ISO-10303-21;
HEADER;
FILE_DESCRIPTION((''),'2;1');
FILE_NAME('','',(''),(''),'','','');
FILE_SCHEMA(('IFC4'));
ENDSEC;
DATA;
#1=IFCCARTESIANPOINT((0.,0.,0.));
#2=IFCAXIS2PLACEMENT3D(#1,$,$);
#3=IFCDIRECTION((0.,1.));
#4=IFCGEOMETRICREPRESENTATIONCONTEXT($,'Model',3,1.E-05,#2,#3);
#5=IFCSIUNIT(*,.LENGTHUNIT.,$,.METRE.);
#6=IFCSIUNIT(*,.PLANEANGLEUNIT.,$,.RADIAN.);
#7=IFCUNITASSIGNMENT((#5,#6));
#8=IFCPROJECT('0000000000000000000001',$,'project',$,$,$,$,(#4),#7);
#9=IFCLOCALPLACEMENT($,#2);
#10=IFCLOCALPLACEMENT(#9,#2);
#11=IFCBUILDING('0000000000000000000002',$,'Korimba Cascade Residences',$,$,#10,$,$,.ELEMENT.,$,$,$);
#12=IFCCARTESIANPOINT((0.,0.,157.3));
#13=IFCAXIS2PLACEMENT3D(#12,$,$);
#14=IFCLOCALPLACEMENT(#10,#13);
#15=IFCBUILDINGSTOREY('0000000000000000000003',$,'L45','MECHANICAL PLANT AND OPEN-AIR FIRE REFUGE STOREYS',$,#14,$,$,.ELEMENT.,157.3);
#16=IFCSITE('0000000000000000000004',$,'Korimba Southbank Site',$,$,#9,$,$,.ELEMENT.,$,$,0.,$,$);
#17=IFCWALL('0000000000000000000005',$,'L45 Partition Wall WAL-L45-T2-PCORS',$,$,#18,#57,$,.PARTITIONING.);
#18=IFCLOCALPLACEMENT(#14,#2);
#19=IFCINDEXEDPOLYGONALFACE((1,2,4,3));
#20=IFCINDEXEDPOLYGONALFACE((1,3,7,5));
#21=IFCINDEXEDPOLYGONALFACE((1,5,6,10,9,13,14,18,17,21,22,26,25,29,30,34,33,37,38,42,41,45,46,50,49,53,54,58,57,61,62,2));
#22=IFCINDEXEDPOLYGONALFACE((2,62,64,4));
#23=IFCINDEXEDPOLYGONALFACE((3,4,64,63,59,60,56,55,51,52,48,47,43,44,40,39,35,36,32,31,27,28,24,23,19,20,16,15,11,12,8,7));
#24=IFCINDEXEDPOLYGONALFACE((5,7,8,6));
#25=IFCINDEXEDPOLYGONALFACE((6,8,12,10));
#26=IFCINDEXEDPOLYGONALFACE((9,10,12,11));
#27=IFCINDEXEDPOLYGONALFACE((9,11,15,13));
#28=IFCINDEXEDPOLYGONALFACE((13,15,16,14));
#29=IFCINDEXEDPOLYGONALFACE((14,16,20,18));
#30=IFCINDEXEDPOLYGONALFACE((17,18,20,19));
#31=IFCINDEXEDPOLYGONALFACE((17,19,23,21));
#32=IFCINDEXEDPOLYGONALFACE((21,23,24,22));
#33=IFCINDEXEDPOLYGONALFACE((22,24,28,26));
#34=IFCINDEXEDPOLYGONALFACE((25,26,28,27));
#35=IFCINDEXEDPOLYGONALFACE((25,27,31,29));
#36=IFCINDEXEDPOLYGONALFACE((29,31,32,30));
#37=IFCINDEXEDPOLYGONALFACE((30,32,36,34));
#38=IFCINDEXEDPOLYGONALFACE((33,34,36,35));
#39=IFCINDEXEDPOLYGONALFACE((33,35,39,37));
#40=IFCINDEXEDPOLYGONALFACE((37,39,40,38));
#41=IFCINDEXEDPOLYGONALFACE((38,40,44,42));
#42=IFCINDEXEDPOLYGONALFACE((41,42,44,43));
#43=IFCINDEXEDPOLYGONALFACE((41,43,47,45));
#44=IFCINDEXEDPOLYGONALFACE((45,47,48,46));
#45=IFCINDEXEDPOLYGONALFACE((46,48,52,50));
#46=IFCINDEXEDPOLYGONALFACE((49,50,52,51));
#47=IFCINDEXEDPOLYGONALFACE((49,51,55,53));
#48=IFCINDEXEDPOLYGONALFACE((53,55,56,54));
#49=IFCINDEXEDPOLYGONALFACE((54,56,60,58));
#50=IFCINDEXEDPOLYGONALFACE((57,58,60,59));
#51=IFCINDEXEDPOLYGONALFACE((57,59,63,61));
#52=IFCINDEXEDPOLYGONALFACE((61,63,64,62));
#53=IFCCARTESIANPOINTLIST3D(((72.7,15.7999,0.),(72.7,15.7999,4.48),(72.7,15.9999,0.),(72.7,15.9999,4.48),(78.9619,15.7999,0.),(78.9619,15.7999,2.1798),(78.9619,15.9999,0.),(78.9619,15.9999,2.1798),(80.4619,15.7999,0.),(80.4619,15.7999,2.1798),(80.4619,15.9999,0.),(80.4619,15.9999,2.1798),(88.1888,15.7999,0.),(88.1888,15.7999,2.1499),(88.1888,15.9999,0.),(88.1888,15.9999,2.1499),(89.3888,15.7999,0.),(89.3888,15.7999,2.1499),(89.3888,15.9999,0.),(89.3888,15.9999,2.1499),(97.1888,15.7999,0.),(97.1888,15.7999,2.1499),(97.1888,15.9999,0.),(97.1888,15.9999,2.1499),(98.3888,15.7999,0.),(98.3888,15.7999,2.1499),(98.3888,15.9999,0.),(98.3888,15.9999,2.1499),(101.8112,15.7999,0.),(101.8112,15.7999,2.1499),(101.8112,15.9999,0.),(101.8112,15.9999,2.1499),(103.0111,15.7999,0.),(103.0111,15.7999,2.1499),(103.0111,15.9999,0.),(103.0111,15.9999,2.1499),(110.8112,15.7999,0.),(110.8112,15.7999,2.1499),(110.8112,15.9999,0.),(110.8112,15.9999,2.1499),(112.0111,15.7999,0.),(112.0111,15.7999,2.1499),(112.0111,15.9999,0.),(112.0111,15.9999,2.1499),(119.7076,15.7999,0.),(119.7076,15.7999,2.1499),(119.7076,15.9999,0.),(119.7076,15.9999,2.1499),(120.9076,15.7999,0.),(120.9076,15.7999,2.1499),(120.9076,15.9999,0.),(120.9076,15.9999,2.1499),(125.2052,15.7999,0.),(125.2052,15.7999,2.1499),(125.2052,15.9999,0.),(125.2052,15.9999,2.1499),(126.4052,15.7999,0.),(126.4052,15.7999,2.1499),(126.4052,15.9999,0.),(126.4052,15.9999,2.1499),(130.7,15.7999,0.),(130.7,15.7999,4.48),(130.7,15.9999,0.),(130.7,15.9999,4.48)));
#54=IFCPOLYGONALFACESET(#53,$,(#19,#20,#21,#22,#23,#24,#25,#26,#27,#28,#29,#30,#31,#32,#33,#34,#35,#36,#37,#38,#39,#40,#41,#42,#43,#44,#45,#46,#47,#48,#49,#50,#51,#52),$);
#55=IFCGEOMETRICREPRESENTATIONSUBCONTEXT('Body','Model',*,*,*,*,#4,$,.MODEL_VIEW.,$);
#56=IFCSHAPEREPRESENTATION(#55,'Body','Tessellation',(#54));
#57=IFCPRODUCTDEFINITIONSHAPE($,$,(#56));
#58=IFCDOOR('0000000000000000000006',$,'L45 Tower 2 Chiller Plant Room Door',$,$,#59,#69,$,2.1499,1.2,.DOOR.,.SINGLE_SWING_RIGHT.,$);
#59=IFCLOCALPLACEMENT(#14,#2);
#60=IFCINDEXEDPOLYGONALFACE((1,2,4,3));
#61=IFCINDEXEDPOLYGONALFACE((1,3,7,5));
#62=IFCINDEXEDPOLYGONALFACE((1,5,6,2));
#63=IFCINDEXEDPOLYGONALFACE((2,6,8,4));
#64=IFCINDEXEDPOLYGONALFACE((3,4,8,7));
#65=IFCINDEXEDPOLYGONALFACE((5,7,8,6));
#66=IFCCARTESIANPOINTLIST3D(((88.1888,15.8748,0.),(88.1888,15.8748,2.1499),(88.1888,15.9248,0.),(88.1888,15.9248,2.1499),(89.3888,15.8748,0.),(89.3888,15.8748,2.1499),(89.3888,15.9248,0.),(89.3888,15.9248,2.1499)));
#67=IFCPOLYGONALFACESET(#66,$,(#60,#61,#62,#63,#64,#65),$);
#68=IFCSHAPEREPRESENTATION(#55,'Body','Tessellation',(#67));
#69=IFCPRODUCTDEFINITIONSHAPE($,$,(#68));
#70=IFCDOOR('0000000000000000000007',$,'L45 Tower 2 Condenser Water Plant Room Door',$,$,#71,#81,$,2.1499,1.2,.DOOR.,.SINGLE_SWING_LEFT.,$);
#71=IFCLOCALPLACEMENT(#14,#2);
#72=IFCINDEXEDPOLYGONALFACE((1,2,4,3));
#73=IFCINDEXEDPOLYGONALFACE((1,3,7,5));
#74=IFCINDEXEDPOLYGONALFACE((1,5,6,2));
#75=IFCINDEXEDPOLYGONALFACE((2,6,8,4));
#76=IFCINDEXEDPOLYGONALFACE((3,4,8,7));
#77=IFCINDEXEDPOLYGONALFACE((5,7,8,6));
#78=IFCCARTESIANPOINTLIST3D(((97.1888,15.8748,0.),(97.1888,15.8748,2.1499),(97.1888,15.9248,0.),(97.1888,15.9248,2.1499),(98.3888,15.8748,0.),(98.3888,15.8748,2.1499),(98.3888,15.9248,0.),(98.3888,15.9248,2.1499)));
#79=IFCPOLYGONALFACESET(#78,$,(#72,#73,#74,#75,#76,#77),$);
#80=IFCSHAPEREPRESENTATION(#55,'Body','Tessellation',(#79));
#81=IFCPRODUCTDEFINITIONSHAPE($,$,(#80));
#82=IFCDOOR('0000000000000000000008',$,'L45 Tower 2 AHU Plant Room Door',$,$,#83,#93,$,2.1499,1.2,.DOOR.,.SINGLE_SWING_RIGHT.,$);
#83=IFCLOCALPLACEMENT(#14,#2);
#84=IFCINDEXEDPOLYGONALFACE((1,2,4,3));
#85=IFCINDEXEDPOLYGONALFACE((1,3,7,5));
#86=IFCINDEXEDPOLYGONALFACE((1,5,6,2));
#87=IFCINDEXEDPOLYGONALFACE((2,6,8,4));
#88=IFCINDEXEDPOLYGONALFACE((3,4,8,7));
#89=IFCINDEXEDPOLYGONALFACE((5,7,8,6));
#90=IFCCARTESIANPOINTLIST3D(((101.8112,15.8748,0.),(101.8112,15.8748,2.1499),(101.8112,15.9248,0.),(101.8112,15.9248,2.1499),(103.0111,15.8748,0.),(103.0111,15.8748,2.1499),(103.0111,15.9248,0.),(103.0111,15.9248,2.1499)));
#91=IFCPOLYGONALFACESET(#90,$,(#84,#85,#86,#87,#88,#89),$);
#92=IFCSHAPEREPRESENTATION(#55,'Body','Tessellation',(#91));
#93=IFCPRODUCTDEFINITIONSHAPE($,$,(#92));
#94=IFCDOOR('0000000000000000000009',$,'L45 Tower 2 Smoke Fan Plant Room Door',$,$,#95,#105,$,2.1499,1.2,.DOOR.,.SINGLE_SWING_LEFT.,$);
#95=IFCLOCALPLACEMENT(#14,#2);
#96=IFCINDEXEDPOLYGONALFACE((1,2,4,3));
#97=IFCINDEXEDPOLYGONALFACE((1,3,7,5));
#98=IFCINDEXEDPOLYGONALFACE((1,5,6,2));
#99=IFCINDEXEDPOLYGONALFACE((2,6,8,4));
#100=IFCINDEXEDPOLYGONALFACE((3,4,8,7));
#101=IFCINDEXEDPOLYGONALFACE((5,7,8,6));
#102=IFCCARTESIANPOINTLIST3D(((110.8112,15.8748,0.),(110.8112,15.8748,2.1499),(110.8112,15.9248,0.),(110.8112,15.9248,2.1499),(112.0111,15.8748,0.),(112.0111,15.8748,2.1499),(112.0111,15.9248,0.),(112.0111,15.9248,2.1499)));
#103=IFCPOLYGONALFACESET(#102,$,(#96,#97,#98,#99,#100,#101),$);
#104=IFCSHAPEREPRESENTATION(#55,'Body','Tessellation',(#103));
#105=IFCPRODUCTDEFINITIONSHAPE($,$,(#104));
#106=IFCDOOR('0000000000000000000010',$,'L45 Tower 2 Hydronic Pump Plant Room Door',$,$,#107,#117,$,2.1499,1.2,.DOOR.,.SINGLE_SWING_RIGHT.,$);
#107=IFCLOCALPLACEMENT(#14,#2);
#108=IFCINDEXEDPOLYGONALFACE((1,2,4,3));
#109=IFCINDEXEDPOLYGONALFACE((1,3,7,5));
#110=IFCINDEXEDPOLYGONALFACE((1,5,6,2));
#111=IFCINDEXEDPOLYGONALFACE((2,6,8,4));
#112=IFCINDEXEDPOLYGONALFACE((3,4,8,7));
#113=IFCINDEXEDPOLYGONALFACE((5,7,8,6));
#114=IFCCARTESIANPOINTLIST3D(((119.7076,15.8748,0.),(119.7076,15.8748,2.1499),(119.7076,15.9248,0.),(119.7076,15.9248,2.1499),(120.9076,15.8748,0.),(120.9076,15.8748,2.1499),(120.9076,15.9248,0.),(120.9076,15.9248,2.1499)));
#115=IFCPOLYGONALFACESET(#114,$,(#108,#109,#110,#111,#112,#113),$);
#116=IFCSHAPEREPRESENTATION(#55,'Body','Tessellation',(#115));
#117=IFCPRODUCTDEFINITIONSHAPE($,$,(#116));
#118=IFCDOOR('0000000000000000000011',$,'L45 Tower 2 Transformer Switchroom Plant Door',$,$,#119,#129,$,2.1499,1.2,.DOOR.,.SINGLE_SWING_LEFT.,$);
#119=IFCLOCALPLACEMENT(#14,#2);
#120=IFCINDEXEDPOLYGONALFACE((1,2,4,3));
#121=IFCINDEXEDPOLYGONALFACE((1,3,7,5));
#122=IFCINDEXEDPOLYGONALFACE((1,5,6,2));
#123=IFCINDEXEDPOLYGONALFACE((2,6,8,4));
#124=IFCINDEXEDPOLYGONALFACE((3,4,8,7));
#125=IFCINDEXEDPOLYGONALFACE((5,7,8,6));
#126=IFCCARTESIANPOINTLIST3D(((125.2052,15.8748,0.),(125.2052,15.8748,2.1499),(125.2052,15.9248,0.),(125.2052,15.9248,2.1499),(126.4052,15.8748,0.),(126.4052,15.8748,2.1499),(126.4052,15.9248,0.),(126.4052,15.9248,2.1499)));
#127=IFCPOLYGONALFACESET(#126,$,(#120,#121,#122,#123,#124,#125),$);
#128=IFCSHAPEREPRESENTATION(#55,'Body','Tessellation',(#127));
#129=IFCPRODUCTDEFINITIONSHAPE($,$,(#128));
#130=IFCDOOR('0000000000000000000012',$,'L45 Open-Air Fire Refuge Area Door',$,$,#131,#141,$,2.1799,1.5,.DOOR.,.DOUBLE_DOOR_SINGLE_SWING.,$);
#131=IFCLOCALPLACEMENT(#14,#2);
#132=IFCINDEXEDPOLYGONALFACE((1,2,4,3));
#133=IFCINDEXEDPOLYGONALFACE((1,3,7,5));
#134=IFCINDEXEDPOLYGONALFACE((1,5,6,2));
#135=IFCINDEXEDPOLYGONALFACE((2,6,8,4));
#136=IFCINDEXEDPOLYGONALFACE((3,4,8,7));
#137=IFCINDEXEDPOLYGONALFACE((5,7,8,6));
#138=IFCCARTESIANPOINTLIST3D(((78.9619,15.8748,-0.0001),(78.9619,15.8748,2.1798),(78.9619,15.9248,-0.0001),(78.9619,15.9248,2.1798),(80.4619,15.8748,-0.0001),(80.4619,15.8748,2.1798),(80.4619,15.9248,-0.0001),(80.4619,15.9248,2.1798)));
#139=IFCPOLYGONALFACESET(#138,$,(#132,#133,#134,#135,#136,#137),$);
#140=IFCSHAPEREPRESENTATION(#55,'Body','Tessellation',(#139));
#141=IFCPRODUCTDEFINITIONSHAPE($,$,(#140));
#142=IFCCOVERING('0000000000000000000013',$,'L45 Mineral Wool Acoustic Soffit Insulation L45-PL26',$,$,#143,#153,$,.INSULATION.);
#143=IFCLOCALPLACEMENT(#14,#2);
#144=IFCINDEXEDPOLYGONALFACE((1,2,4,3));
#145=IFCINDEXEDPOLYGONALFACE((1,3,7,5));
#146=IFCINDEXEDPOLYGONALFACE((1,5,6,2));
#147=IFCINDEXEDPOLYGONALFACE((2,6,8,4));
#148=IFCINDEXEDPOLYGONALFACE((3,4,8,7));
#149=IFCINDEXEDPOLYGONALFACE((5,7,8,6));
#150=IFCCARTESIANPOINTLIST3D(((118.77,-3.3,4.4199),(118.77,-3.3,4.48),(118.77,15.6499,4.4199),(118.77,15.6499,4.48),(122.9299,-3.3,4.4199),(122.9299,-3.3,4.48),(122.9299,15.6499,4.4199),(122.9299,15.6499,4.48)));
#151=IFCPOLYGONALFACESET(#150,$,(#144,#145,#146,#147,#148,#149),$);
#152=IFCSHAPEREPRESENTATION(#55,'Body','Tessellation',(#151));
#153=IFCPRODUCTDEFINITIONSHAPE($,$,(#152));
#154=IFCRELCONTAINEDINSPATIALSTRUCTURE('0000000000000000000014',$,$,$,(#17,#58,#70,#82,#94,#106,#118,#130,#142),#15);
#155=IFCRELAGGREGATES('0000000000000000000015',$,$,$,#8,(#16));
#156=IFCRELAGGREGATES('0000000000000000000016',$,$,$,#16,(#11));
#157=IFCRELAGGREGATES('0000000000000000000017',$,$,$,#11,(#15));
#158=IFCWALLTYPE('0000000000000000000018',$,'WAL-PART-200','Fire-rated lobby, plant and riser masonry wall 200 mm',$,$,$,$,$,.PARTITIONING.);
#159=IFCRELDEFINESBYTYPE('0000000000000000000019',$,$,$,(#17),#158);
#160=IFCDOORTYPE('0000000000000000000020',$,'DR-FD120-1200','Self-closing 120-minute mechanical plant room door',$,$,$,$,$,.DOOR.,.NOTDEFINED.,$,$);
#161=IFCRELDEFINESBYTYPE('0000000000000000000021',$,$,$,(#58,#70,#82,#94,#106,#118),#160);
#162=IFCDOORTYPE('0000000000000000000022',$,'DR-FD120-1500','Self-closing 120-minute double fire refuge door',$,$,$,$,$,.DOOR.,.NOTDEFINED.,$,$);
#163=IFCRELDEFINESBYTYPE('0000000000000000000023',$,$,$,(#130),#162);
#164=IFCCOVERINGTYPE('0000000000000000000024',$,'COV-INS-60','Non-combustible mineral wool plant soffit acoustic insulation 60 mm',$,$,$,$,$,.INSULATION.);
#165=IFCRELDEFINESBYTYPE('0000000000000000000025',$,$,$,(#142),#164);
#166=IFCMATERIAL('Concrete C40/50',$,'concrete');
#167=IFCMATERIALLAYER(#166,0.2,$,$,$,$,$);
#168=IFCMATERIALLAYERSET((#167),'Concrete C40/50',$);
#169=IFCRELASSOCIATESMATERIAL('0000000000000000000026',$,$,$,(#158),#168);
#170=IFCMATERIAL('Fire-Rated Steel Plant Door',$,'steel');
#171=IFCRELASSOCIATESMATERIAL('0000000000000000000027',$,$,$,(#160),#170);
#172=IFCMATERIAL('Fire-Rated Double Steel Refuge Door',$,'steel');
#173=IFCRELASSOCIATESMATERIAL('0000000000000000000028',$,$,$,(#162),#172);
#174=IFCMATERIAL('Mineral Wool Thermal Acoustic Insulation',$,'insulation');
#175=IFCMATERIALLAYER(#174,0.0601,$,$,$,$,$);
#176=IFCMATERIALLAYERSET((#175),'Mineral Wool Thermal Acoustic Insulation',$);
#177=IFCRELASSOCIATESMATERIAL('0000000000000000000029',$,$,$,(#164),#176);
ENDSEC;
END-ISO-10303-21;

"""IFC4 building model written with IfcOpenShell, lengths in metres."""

from ifc_helpers import new_model, si_unit, direction, frame, frame_2d, origin, place, context, subcontext, project, spatial, polyline, rectangle, outline, extrude, material, layer, layer_set, type_object, element, fill, save


model = new_model("IFC4")

# Units and contexts
model_context = context("Model", 3, precision=1e-05, world=origin(), true_north=direction((0.0, 1.0)))
body_context = subcontext(model_context, "Body", "Model", "MODEL_VIEW")
ifc_project = project(units=[si_unit("LENGTHUNIT", "METRE"), si_unit("PLANEANGLEUNIT", "RADIAN")], contexts=[model_context])

# Site, building, storey
site_placement = place(None, origin())
site = spatial("IfcSite", under=ifc_project, at=site_placement, Name="Korimba Southbank Site", CompositionType="ELEMENT", RefElevation=0.0)
building_placement = place(site_placement, origin())
building = spatial("IfcBuilding", under=site, at=building_placement, Name="Korimba Cascade Residences", CompositionType="ELEMENT")
storey_placement = place(building_placement, frame((0.0, 0.0, 157.3)))
storey = spatial("IfcBuildingStorey", under=building, at=storey_placement, Name="L45", Description="MECHANICAL PLANT AND OPEN-AIR FIRE REFUGE STOREYS", CompositionType="ELEMENT", Elevation=157.3)

# Shared definitions
ifc_material_1 = material(Name="Concrete C40/50", Category="concrete")
ifc_layer_1 = layer(ifc_material_1, 0.2)
ifc_layer_set_1 = layer_set([ifc_layer_1], Name="Concrete C40/50")
wall_type_1 = type_object("IfcWallType", Name="WAL-PART-200", Description="Fire-rated lobby, plant and riser masonry wall 200 mm", PredefinedType="PARTITIONING", material=ifc_layer_set_1)

# Wall, openings, doors
wall_1_placement = place(storey_placement, frame((72.7, 15.8999, 0.0), z_axis=(0.0, 0.0, 1.0), x_axis=(1.0, 0.0, 0.0)))
wall_1 = element("IfcWall", 1, at=wall_1_placement, inside=storey, type_object=wall_type_1, Name="L45 Partition Wall WAL-L45-T2-PCORS", PredefinedType="PARTITIONING", context=body_context, shape_type="SweptSolid", body=[
    extrude(rectangle(XDim=58.0, YDim=0.2, at=frame_2d((29.0, 0.0))), origin(), (0.0, 0.0, 1.0), 4.48),
])
opening_1_placement = place(wall_1_placement, frame((6.262, 0.0, 0.0)))
opening_1 = element("IfcOpeningElement", 2, at=opening_1_placement, cuts=wall_1, PredefinedType="OPENING", context=body_context, shape_type="SweptSolid", body=[
    extrude(rectangle(XDim=1.5, YDim=2.1799, at=frame_2d((0.75, 1.0898))), frame((0.0, 0.1099, 0.0), z_axis=(0.0, -1.0, 0.0), x_axis=(1.0, 0.0, 0.0)), (0.0, 0.0, 1.0), 0.22),
])
opening_2_placement = place(wall_1_placement, frame((15.4888, 0.0, 0.0)))
opening_2 = element("IfcOpeningElement", 3, at=opening_2_placement, cuts=wall_1, PredefinedType="OPENING", context=body_context, shape_type="SweptSolid", body=[
    extrude(rectangle(XDim=1.2, YDim=2.1499, at=frame_2d((0.6001, 1.075))), frame((0.0, 0.1099, 0.0), z_axis=(0.0, -1.0, 0.0), x_axis=(1.0, 0.0, 0.0)), (0.0, 0.0, 1.0), 0.22),
])
opening_3_placement = place(wall_1_placement, frame((24.4888, 0.0, 0.0)))
opening_3 = element("IfcOpeningElement", 4, at=opening_3_placement, cuts=wall_1, PredefinedType="OPENING", context=body_context, shape_type="SweptSolid", body=[
    extrude(rectangle(XDim=1.2, YDim=2.1499, at=frame_2d((0.6001, 1.075))), frame((0.0, 0.1099, 0.0), z_axis=(0.0, -1.0, 0.0), x_axis=(1.0, 0.0, 0.0)), (0.0, 0.0, 1.0), 0.22),
])
opening_4_placement = place(wall_1_placement, frame((29.1111, 0.0, 0.0)))
opening_4 = element("IfcOpeningElement", 5, at=opening_4_placement, cuts=wall_1, PredefinedType="OPENING", context=body_context, shape_type="SweptSolid", body=[
    extrude(rectangle(XDim=1.2, YDim=2.1499, at=frame_2d((0.6001, 1.075))), frame((0.0, 0.1099, 0.0), z_axis=(0.0, -1.0, 0.0), x_axis=(1.0, 0.0, 0.0)), (0.0, 0.0, 1.0), 0.22),
])
opening_5_placement = place(wall_1_placement, frame((38.1111, 0.0, 0.0)))
opening_5 = element("IfcOpeningElement", 6, at=opening_5_placement, cuts=wall_1, PredefinedType="OPENING", context=body_context, shape_type="SweptSolid", body=[
    extrude(rectangle(XDim=1.2, YDim=2.1499, at=frame_2d((0.6001, 1.075))), frame((0.0, 0.1099, 0.0), z_axis=(0.0, -1.0, 0.0), x_axis=(1.0, 0.0, 0.0)), (0.0, 0.0, 1.0), 0.22),
])
opening_6_placement = place(wall_1_placement, frame((47.0076, 0.0, 0.0)))
opening_6 = element("IfcOpeningElement", 7, at=opening_6_placement, cuts=wall_1, PredefinedType="OPENING", context=body_context, shape_type="SweptSolid", body=[
    extrude(rectangle(XDim=1.2, YDim=2.1499, at=frame_2d((0.6001, 1.075))), frame((0.0, 0.1099, 0.0), z_axis=(0.0, -1.0, 0.0), x_axis=(1.0, 0.0, 0.0)), (0.0, 0.0, 1.0), 0.22),
])
opening_7_placement = place(wall_1_placement, frame((52.5051, 0.0, 0.0)))
opening_7 = element("IfcOpeningElement", 8, at=opening_7_placement, cuts=wall_1, PredefinedType="OPENING", context=body_context, shape_type="SweptSolid", body=[
    extrude(rectangle(XDim=1.2, YDim=2.1499, at=frame_2d((0.6001, 1.075))), frame((0.0, 0.1099, 0.0), z_axis=(0.0, -1.0, 0.0), x_axis=(1.0, 0.0, 0.0)), (0.0, 0.0, 1.0), 0.22),
])
ifc_material_2 = material(Name="Fire-Rated Steel Plant Door", Category="steel")
door_type_1 = type_object("IfcDoorType", Name="DR-FD120-1200", Description="Self-closing 120-minute mechanical plant room door", OperationType="NOTDEFINED", PredefinedType="DOOR", material=ifc_material_2)
door_1_placement = place(opening_2_placement, origin())
door_1 = element("IfcDoor", 9, at=door_1_placement, inside=storey, type_object=door_type_1, Name="L45 Tower 2 Chiller Plant Room Door", OperationType="SINGLE_SWING_RIGHT", OverallHeight=2.1499, OverallWidth=1.2, PredefinedType="DOOR", context=body_context, shape_type="SweptSolid", body=[
    extrude(rectangle(XDim=1.2, YDim=2.1499, at=frame_2d((0.6001, 1.075))), frame((0.0, 0.0249, 0.0), z_axis=(0.0, -1.0, 0.0), x_axis=(1.0, 0.0, 0.0)), (0.0, 0.0, 1.0), 0.05),
])
fill(opening_2, door_1)
door_2_placement = place(opening_3_placement, origin())
door_2 = element("IfcDoor", 10, at=door_2_placement, inside=storey, type_object=door_type_1, Name="L45 Tower 2 Condenser Water Plant Room Door", OperationType="SINGLE_SWING_LEFT", OverallHeight=2.1499, OverallWidth=1.2, PredefinedType="DOOR", context=body_context, shape_type="SweptSolid", body=[
    extrude(rectangle(XDim=1.2, YDim=2.1499, at=frame_2d((0.6001, 1.075))), frame((0.0, 0.0249, 0.0), z_axis=(0.0, -1.0, 0.0), x_axis=(1.0, 0.0, 0.0)), (0.0, 0.0, 1.0), 0.05),
])
fill(opening_3, door_2)
door_3_placement = place(opening_4_placement, origin())
door_3 = element("IfcDoor", 11, at=door_3_placement, inside=storey, type_object=door_type_1, Name="L45 Tower 2 AHU Plant Room Door", OperationType="SINGLE_SWING_RIGHT", OverallHeight=2.1499, OverallWidth=1.2, PredefinedType="DOOR", context=body_context, shape_type="SweptSolid", body=[
    extrude(rectangle(XDim=1.2, YDim=2.1499, at=frame_2d((0.6001, 1.075))), frame((0.0, 0.0249, 0.0), z_axis=(0.0, -1.0, 0.0), x_axis=(1.0, 0.0, 0.0)), (0.0, 0.0, 1.0), 0.05),
])
fill(opening_4, door_3)
door_4_placement = place(opening_5_placement, origin())
door_4 = element("IfcDoor", 12, at=door_4_placement, inside=storey, type_object=door_type_1, Name="L45 Tower 2 Smoke Fan Plant Room Door", OperationType="SINGLE_SWING_LEFT", OverallHeight=2.1499, OverallWidth=1.2, PredefinedType="DOOR", context=body_context, shape_type="SweptSolid", body=[
    extrude(rectangle(XDim=1.2, YDim=2.1499, at=frame_2d((0.6001, 1.075))), frame((0.0, 0.0249, 0.0), z_axis=(0.0, -1.0, 0.0), x_axis=(1.0, 0.0, 0.0)), (0.0, 0.0, 1.0), 0.05),
])
fill(opening_5, door_4)
door_5_placement = place(opening_6_placement, origin())
door_5 = element("IfcDoor", 13, at=door_5_placement, inside=storey, type_object=door_type_1, Name="L45 Tower 2 Hydronic Pump Plant Room Door", OperationType="SINGLE_SWING_RIGHT", OverallHeight=2.1499, OverallWidth=1.2, PredefinedType="DOOR", context=body_context, shape_type="SweptSolid", body=[
    extrude(rectangle(XDim=1.2, YDim=2.1499, at=frame_2d((0.6001, 1.075))), frame((0.0, 0.0249, 0.0), z_axis=(0.0, -1.0, 0.0), x_axis=(1.0, 0.0, 0.0)), (0.0, 0.0, 1.0), 0.05),
])
fill(opening_6, door_5)
door_6_placement = place(opening_7_placement, origin())
door_6 = element("IfcDoor", 14, at=door_6_placement, inside=storey, type_object=door_type_1, Name="L45 Tower 2 Transformer Switchroom Plant Door", OperationType="SINGLE_SWING_LEFT", OverallHeight=2.1499, OverallWidth=1.2, PredefinedType="DOOR", context=body_context, shape_type="SweptSolid", body=[
    extrude(rectangle(XDim=1.2, YDim=2.1499, at=frame_2d((0.6001, 1.075))), frame((0.0, 0.0249, 0.0), z_axis=(0.0, -1.0, 0.0), x_axis=(1.0, 0.0, 0.0)), (0.0, 0.0, 1.0), 0.05),
])
fill(opening_7, door_6)
ifc_material_3 = material(Name="Fire-Rated Double Steel Refuge Door", Category="steel")
door_type_2 = type_object("IfcDoorType", Name="DR-FD120-1500", Description="Self-closing 120-minute double fire refuge door", OperationType="NOTDEFINED", PredefinedType="DOOR", material=ifc_material_3)
door_7_placement = place(opening_1_placement, origin())
door_7 = element("IfcDoor", 15, at=door_7_placement, inside=storey, type_object=door_type_2, Name="L45 Open-Air Fire Refuge Area Door", OperationType="DOUBLE_DOOR_SINGLE_SWING", OverallHeight=2.1799, OverallWidth=1.5, PredefinedType="DOOR", context=body_context, shape_type="SweptSolid", body=[
    extrude(rectangle(XDim=1.5, YDim=2.1799, at=frame_2d((0.75, 1.0898))), frame((0.0, 0.0249, 0.0), z_axis=(0.0, -1.0, 0.0), x_axis=(1.0, 0.0, 0.0)), (0.0, 0.0, 1.0), 0.05),
])
fill(opening_1, door_7)

# Covering
ifc_material_4 = material(Name="Mineral Wool Thermal Acoustic Insulation", Category="insulation")
ifc_layer_2 = layer(ifc_material_4, 0.0601)
ifc_layer_set_2 = layer_set([ifc_layer_2], Name="Mineral Wool Thermal Acoustic Insulation")
covering_type = type_object("IfcCoveringType", Name="COV-INS-60", Description="Non-combustible mineral wool plant soffit acoustic insulation 60 mm", PredefinedType="INSULATION", material=ifc_layer_set_2)
covering_1_placement = place(storey_placement, frame((0.0, 0.0, 4.4199)))
element("IfcCovering", 16, at=covering_1_placement, inside=storey, type_object=covering_type, Name="L45 Mineral Wool Acoustic Soffit Insulation L45-PL26", PredefinedType="INSULATION", context=body_context, shape_type="SweptSolid", body=[
    extrude(outline(polyline([(118.77, -3.3), (122.9299, -3.3), (122.9299, 15.6499), (118.77, 15.6499), (118.77, -3.3)])), origin(), (0.0, 0.0, 1.0), 0.0601),
])

save(model, "model.ifc")
